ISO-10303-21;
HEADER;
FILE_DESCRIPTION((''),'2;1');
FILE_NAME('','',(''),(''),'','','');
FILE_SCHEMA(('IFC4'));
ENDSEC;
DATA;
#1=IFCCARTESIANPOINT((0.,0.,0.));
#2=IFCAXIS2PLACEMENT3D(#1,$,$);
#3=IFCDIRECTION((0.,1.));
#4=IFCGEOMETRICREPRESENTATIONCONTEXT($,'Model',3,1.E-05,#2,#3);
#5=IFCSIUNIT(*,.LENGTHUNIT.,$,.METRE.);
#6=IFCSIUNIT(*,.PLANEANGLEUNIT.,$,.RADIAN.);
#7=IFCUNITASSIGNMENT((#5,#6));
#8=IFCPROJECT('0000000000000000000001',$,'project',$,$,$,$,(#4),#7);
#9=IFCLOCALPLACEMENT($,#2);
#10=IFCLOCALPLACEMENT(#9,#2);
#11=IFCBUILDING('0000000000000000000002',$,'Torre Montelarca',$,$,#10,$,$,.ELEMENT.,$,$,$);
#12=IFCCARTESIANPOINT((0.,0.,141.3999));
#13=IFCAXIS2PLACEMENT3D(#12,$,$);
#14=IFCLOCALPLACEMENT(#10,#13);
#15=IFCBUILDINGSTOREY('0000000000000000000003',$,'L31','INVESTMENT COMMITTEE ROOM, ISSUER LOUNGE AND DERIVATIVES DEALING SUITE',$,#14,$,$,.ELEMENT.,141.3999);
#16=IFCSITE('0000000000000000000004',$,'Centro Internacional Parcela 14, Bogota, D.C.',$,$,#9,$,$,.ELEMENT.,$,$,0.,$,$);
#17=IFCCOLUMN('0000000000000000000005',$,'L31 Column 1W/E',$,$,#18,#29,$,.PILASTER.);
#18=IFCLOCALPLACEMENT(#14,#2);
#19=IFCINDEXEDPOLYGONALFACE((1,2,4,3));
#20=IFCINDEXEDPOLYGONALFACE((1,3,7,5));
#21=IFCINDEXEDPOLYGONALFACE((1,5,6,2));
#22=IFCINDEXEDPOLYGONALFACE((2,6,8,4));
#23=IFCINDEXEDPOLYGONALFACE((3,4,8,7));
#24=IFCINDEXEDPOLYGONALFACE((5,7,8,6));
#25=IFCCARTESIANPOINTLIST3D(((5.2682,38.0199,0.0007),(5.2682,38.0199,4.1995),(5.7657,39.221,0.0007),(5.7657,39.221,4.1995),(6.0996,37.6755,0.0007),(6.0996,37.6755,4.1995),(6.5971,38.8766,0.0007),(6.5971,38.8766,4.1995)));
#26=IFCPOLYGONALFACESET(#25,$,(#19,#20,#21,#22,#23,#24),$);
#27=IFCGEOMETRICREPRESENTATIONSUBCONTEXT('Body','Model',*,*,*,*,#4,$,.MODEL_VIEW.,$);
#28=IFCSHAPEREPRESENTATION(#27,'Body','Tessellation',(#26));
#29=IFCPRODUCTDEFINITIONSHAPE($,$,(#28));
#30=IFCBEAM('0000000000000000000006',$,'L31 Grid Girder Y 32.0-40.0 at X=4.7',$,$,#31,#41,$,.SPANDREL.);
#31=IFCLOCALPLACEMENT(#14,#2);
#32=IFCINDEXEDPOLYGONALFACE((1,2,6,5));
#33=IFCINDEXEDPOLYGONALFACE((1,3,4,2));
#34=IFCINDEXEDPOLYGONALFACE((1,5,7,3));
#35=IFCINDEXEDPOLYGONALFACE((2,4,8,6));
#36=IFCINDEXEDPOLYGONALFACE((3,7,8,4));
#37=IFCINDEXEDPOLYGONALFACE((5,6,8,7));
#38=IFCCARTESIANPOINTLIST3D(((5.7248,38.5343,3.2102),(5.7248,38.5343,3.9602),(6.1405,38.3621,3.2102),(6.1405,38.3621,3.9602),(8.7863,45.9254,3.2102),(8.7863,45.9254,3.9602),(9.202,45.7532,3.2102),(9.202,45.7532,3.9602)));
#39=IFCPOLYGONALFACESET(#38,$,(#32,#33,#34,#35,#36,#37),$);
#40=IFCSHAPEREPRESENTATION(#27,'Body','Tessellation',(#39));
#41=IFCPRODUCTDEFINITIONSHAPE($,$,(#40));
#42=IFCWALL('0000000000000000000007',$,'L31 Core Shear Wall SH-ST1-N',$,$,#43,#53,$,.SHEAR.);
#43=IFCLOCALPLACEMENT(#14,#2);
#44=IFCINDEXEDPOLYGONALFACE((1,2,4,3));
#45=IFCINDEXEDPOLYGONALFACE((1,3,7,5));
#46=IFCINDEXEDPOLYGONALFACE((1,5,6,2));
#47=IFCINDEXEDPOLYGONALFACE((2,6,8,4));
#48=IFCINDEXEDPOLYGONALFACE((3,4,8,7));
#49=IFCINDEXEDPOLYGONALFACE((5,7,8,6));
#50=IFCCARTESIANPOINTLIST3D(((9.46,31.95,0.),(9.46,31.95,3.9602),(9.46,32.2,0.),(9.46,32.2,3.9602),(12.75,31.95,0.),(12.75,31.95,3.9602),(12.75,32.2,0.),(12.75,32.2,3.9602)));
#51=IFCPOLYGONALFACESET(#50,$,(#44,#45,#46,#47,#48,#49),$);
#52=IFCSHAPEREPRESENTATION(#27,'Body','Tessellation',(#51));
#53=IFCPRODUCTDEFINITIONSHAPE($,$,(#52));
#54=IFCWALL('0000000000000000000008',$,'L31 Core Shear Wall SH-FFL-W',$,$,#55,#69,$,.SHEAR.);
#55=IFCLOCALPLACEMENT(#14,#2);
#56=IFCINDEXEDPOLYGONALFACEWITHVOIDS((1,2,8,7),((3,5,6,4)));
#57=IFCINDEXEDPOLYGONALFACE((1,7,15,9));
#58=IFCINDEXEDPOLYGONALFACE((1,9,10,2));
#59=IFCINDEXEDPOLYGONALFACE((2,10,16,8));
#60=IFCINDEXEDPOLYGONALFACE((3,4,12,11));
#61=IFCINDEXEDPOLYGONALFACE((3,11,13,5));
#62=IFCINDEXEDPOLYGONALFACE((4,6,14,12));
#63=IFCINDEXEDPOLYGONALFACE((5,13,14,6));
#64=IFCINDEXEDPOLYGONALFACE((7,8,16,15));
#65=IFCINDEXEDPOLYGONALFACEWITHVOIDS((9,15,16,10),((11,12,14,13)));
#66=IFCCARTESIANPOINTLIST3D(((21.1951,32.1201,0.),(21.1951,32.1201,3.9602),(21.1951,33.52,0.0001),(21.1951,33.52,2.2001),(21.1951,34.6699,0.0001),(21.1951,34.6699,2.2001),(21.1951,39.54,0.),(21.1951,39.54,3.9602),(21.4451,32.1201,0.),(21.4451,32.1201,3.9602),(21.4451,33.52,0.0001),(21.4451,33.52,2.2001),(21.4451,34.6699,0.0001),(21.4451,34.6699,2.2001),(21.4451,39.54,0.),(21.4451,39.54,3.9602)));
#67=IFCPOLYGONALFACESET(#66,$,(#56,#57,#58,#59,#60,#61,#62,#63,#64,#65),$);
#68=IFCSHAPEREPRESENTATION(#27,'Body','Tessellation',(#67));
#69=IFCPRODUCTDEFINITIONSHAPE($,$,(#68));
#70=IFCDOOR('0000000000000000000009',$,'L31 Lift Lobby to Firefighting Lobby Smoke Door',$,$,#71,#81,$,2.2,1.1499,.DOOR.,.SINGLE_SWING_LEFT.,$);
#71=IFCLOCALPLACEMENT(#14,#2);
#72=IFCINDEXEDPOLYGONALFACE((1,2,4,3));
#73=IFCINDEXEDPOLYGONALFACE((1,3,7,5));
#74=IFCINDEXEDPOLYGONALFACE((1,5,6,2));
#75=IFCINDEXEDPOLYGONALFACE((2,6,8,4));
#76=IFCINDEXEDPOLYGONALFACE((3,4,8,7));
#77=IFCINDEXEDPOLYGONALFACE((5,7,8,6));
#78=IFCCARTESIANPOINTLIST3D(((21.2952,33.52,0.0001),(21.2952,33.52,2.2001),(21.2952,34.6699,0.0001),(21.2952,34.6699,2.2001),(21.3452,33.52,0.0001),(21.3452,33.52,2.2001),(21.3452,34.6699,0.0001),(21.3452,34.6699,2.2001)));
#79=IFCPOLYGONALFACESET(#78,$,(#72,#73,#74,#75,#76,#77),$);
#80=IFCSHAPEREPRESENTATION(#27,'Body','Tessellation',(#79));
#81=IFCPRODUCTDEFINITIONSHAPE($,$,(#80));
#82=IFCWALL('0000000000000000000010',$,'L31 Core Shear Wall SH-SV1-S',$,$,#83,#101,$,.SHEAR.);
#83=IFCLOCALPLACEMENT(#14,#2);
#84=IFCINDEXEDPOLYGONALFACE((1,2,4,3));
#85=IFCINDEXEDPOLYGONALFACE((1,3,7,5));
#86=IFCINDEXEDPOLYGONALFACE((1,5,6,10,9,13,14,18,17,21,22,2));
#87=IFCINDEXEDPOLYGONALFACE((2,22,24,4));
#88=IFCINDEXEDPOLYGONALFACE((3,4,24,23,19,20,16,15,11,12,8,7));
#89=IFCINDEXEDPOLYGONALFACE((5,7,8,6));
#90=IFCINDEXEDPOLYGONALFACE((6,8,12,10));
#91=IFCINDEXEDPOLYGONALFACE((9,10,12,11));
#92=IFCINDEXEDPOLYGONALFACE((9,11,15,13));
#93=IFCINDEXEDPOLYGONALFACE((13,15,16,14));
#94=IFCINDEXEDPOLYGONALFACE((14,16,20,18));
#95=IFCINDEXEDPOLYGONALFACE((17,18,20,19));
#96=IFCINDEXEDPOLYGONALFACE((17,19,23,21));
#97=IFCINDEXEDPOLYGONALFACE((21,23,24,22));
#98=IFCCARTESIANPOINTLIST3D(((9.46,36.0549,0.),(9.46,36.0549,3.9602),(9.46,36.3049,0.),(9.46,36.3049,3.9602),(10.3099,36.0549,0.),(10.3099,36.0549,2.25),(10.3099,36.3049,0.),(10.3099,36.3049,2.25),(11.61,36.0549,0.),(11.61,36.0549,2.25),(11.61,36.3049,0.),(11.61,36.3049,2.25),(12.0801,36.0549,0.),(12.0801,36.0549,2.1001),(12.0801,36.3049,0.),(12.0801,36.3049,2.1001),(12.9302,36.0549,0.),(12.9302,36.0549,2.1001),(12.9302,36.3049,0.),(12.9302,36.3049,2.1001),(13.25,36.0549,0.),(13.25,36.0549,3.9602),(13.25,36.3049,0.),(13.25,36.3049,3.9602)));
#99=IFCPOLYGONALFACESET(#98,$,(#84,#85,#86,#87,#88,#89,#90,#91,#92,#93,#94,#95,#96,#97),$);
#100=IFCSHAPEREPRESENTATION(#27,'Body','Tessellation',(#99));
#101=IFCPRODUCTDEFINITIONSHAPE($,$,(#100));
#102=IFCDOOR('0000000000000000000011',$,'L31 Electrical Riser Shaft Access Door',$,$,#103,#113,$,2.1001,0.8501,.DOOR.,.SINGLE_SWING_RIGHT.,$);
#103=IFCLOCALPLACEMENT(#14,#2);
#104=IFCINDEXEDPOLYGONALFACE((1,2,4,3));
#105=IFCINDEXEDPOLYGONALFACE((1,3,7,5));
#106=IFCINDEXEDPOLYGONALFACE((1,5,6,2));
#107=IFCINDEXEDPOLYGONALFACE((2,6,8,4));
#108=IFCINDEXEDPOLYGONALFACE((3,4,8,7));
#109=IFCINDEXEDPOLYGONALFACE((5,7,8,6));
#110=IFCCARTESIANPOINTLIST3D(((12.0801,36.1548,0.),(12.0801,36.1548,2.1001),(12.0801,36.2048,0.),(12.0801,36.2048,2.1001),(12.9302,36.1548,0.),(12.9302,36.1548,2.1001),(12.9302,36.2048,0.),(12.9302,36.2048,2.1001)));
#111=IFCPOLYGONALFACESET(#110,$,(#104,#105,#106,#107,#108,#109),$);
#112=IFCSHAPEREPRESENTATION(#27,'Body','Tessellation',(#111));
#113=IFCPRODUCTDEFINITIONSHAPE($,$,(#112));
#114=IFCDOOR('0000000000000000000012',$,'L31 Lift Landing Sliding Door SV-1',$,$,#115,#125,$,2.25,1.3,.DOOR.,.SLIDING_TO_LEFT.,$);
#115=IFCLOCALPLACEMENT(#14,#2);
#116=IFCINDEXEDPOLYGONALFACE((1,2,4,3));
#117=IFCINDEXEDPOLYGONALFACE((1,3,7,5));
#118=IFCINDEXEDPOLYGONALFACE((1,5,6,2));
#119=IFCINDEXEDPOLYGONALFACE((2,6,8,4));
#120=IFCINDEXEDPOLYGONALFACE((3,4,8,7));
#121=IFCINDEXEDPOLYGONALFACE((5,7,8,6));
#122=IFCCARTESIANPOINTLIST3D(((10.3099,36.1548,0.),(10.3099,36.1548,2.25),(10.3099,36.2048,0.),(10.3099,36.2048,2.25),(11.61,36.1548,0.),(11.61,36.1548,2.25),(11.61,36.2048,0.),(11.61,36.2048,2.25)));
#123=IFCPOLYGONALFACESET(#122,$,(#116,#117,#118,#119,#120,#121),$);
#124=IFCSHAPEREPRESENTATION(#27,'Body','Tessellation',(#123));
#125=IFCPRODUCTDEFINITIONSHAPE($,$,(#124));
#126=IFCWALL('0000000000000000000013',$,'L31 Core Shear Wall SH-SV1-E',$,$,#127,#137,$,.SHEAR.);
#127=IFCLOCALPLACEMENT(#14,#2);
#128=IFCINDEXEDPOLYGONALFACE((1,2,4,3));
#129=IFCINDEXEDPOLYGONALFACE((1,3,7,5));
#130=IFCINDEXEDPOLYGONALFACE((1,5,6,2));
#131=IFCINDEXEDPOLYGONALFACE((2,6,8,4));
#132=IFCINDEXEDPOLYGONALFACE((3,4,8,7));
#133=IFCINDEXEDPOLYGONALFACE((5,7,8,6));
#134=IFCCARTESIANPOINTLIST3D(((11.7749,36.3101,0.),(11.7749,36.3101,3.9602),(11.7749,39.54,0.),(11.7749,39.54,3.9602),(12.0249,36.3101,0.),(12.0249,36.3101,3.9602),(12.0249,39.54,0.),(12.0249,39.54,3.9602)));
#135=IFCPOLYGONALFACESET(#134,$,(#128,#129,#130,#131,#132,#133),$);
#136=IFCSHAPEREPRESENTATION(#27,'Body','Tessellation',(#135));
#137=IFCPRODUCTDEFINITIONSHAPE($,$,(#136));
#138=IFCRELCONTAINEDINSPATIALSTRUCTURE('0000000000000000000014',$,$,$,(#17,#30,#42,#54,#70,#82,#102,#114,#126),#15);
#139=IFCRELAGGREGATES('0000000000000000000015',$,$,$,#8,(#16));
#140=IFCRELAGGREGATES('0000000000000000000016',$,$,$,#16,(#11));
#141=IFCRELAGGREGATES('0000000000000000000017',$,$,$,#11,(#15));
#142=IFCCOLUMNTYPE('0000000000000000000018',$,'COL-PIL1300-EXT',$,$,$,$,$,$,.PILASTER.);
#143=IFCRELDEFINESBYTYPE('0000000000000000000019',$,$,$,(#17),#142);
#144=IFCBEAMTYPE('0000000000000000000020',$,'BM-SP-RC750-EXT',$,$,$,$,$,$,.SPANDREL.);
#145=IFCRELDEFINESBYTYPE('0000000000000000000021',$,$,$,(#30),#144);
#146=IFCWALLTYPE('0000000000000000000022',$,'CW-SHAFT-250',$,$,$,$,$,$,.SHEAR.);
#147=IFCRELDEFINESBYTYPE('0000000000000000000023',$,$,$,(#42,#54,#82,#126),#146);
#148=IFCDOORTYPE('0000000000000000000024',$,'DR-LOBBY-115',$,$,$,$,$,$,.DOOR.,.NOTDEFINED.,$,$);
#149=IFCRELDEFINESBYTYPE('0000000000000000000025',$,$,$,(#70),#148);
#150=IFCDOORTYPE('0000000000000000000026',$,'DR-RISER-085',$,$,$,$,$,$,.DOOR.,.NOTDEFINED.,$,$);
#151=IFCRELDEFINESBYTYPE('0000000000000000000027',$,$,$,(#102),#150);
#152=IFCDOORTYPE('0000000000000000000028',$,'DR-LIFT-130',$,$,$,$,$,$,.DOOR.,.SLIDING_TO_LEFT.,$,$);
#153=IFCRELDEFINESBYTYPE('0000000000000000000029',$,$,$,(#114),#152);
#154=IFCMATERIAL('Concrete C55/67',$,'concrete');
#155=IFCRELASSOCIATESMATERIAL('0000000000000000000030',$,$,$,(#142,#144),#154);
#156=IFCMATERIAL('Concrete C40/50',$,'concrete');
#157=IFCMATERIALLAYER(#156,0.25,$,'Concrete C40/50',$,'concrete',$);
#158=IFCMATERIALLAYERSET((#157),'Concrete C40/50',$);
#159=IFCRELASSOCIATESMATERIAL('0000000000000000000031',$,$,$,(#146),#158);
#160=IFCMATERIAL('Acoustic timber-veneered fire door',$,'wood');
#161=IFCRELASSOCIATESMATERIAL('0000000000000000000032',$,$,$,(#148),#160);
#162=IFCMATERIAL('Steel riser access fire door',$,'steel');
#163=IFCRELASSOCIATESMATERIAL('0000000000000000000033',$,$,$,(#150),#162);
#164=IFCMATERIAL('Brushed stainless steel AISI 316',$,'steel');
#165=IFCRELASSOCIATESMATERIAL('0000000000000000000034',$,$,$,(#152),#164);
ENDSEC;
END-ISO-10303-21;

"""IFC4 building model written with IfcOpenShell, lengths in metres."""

from ifc_helpers import new_model, si_unit, direction, frame, frame_2d, origin, origin_2d, place, context, subcontext, project, spatial, rectangle, extrude, source, transform, mapped, material, layer, layer_set, material_profile, profile_set, type_object, element, fill, save


model = new_model("IFC4")

# Units and contexts
model_context = context("Model", 3, precision=1e-05, world=origin(), true_north=direction((0.0, 1.0)))
body_context = subcontext(model_context, "Body", "Model", "MODEL_VIEW")
ifc_project = project(units=[si_unit("LENGTHUNIT", "METRE"), si_unit("PLANEANGLEUNIT", "RADIAN")], contexts=[model_context])

# Site, building, storey
site_placement = place(None, origin())
site = spatial("IfcSite", under=ifc_project, at=site_placement, Name="Centro Internacional Parcela 14, Bogota, D.C.", CompositionType="ELEMENT", RefElevation=0.0)
building_placement = place(site_placement, origin())
building = spatial("IfcBuilding", under=site, at=building_placement, Name="Torre Montelarca", CompositionType="ELEMENT")
storey_placement = place(building_placement, frame((0.0, 0.0, 141.3999)))
storey = spatial("IfcBuildingStorey", under=building, at=storey_placement, Name="L31", Description="INVESTMENT COMMITTEE ROOM, ISSUER LOUNGE AND DERIVATIVES DEALING SUITE", CompositionType="ELEMENT", Elevation=141.3999)

# Column
ifc_material_1 = material(Name="Concrete C55/67", Category="concrete")
ifc_material_profile_1 = material_profile(ifc_material_1, rectangle(XDim=0.8999, YDim=1.3, at=origin_2d()), Name="RC1300X900", Category="concrete")
ifc_profile_set_1 = profile_set([ifc_material_profile_1], Name="Concrete C55/67")
column_type = type_object("IfcColumnType", Name="COL-PIL1300-EXT", PredefinedType="PILASTER", material=ifc_profile_set_1)
shared_shape_1 = source(origin(), body_context, "Body", "SweptSolid", [
    extrude(rectangle(XDim=0.8999, YDim=1.3, at=origin_2d()), origin(), (0.0, 0.0, 1.0), 4.1987),
])
column_placement = place(storey_placement, frame((5.9326, 38.4482, 0.0007), z_axis=(0.0, 0.0, 1.0), x_axis=(-0.92388, 0.382683, 0.0)))
element("IfcColumn", 1, at=column_placement, inside=storey, type_object=column_type, Name="L31 Column 1W/E", PredefinedType="PILASTER", context=body_context, shape_type="MappedRepresentation", body=[
    mapped(shared_shape_1, transform((0.0, 0.0, 0.0), scale=1.0)),
])

# Beam
ifc_material_profile_2 = material_profile(ifc_material_1, rectangle(XDim=0.45, YDim=0.75, at=origin_2d()), Name="RCB450X750", Category="concrete")
ifc_profile_set_2 = profile_set([ifc_material_profile_2], Name="Concrete C55/67")
beam_type = type_object("IfcBeamType", Name="BM-SP-RC750-EXT", PredefinedType="SPANDREL", material=ifc_profile_set_2)
shared_shape_2 = source(origin(), body_context, "Body", "SweptSolid", [
    extrude(rectangle(XDim=0.45, YDim=0.75, at=origin_2d()), origin(), (0.0, 0.0, 1.0), 8.0),
])
beam_placement = place(storey_placement, frame((5.9326, 38.4482, 3.5852), z_axis=(0.382686, 0.923878, 0.0), x_axis=(-0.923878, 0.382686, 0.0)))
element("IfcBeam", 2, at=beam_placement, inside=storey, type_object=beam_type, Name="L31 Grid Girder Y 32.0-40.0 at X=4.7", PredefinedType="SPANDREL", context=body_context, shape_type="MappedRepresentation", body=[
    mapped(shared_shape_2, transform((0.0, 0.0, 0.0), scale=1.0)),
])

# Wall
ifc_material_2 = material(Name="Concrete C40/50", Category="concrete")
ifc_layer_1 = layer(ifc_material_2, 0.25, Name="Concrete C40/50", Category="concrete")
ifc_layer_set_1 = layer_set([ifc_layer_1], Name="Concrete C40/50")
wall_type_1 = type_object("IfcWallType", Name="CW-SHAFT-250", PredefinedType="SHEAR", material=ifc_layer_set_1)
wall_1_placement = place(storey_placement, frame((9.46, 32.075, 0.0), z_axis=(0.0, 0.0, 1.0), x_axis=(1.0, 0.0, 0.0)))
element("IfcWall", 3, at=wall_1_placement, inside=storey, type_object=wall_type_1, Name="L31 Core Shear Wall SH-ST1-N", PredefinedType="SHEAR", context=body_context, shape_type="SweptSolid", body=[
    extrude(rectangle(XDim=3.29, YDim=0.25, at=frame_2d((1.645, 0.0))), origin(), (0.0, 0.0, 1.0), 3.9602),
])

# Wall, opening, door
wall_2_placement = place(storey_placement, frame((21.3201, 32.1201, 0.0), z_axis=(0.0, 0.0, 1.0), x_axis=(0.0, 1.0, 0.0)))
wall_2 = element("IfcWall", 4, at=wall_2_placement, inside=storey, type_object=wall_type_1, Name="L31 Core Shear Wall SH-FFL-W", PredefinedType="SHEAR", context=body_context, shape_type="SweptSolid", body=[
    extrude(rectangle(XDim=7.4199, YDim=0.25, at=frame_2d((3.71, 0.0))), origin(), (0.0, 0.0, 1.0), 3.9602),
])
opening_1_placement = place(wall_2_placement, frame((1.3999, 0.0, 0.0)))
opening_1 = element("IfcOpeningElement", 5, at=opening_1_placement, cuts=wall_2, PredefinedType="OPENING", context=body_context, shape_type="SweptSolid", body=[
    extrude(rectangle(XDim=1.1499, YDim=2.2, at=frame_2d((0.575, 1.1001))), frame((0.0, 0.135, 0.0), z_axis=(0.0, -1.0, 0.0), x_axis=(1.0, 0.0, 0.0)), (0.0, 0.0, 1.0), 0.27),
])
ifc_material_3 = material(Name="Acoustic timber-veneered fire door", Category="wood")
door_type_1 = type_object("IfcDoorType", Name="DR-LOBBY-115", OperationType="NOTDEFINED", PredefinedType="DOOR", material=ifc_material_3)
shared_shape_3 = source(origin(), body_context, "Body", "SweptSolid", [
    extrude(rectangle(XDim=1.1499, YDim=2.2, at=frame_2d((0.575, 1.1001))), frame((0.0, 0.0249, 0.0), z_axis=(0.0, -1.0, 0.0), x_axis=(1.0, 0.0, 0.0)), (0.0, 0.0, 1.0), 0.05),
])
door_1_placement = place(opening_1_placement, origin())
door_1 = element("IfcDoor", 6, at=door_1_placement, inside=storey, type_object=door_type_1, Name="L31 Lift Lobby to Firefighting Lobby Smoke Door", OperationType="SINGLE_SWING_LEFT", OverallHeight=2.2, OverallWidth=1.1499, PredefinedType="DOOR", context=body_context, shape_type="MappedRepresentation", body=[
    mapped(shared_shape_3, transform((0.0, 0.0, 0.0), scale=1.0)),
])
fill(opening_1, door_1)

# Wall, openings, doors
wall_3_placement = place(storey_placement, frame((9.46, 36.1799, 0.0), z_axis=(0.0, 0.0, 1.0), x_axis=(1.0, 0.0, 0.0)))
wall_3 = element("IfcWall", 7, at=wall_3_placement, inside=storey, type_object=wall_type_1, Name="L31 Core Shear Wall SH-SV1-S", PredefinedType="SHEAR", context=body_context, shape_type="SweptSolid", body=[
    extrude(rectangle(XDim=3.79, YDim=0.25, at=frame_2d((1.895, 0.0))), origin(), (0.0, 0.0, 1.0), 3.9602),
])
opening_2_placement = place(wall_3_placement, frame((2.6201, 0.0, 0.0)))
opening_2 = element("IfcOpeningElement", 8, at=opening_2_placement, cuts=wall_3, PredefinedType="OPENING", context=body_context, shape_type="SweptSolid", body=[
    extrude(rectangle(XDim=0.8501, YDim=2.1001, at=frame_2d((0.425, 1.05))), frame((0.0, 0.135, 0.0), z_axis=(0.0, -1.0, 0.0), x_axis=(1.0, 0.0, 0.0)), (0.0, 0.0, 1.0), 0.27),
])
opening_3_placement = place(wall_3_placement, frame((0.8501, 0.0, 0.0)))
opening_3 = element("IfcOpeningElement", 9, at=opening_3_placement, cuts=wall_3, PredefinedType="OPENING", context=body_context, shape_type="SweptSolid", body=[
    extrude(rectangle(XDim=1.3, YDim=2.25, at=frame_2d((0.6499, 1.125))), frame((0.0, 0.135, 0.0), z_axis=(0.0, -1.0, 0.0), x_axis=(1.0, 0.0, 0.0)), (0.0, 0.0, 1.0), 0.27),
])
ifc_material_4 = material(Name="Steel riser access fire door", Category="steel")
door_type_2 = type_object("IfcDoorType", Name="DR-RISER-085", OperationType="NOTDEFINED", PredefinedType="DOOR", material=ifc_material_4)
shared_shape_4 = source(origin(), body_context, "Body", "SweptSolid", [
    extrude(rectangle(XDim=0.8501, YDim=2.1001, at=frame_2d((0.425, 1.05))), frame((0.0, 0.0249, 0.0), z_axis=(0.0, -1.0, 0.0), x_axis=(1.0, 0.0, 0.0)), (0.0, 0.0, 1.0), 0.05),
])
door_2_placement = place(opening_2_placement, origin())
door_2 = element("IfcDoor", 10, at=door_2_placement, inside=storey, type_object=door_type_2, Name="L31 Electrical Riser Shaft Access Door", OperationType="SINGLE_SWING_RIGHT", OverallHeight=2.1001, OverallWidth=0.8501, PredefinedType="DOOR", context=body_context, shape_type="MappedRepresentation", body=[
    mapped(shared_shape_4, transform((0.0, 0.0, 0.0), scale=1.0)),
])
fill(opening_2, door_2)
ifc_material_5 = material(Name="Brushed stainless steel AISI 316", Category="steel")
door_type_3 = type_object("IfcDoorType", Name="DR-LIFT-130", OperationType="SLIDING_TO_LEFT", PredefinedType="DOOR", material=ifc_material_5)
shared_shape_5 = source(origin(), body_context, "Body", "SweptSolid", [
    extrude(rectangle(XDim=1.3, YDim=2.25, at=frame_2d((0.6499, 1.125))), frame((0.0, 0.0249, 0.0), z_axis=(0.0, -1.0, 0.0), x_axis=(1.0, 0.0, 0.0)), (0.0, 0.0, 1.0), 0.05),
])
door_3_placement = place(opening_3_placement, origin())
door_3 = element("IfcDoor", 11, at=door_3_placement, inside=storey, type_object=door_type_3, Name="L31 Lift Landing Sliding Door SV-1", OperationType="SLIDING_TO_LEFT", OverallHeight=2.25, OverallWidth=1.3, PredefinedType="DOOR", context=body_context, shape_type="MappedRepresentation", body=[
    mapped(shared_shape_5, transform((0.0, 0.0, 0.0), scale=1.0)),
])
fill(opening_3, door_3)

# Wall
wall_4_placement = place(storey_placement, frame((11.8999, 36.3101, 0.0), z_axis=(0.0, 0.0, 1.0), x_axis=(0.0, 1.0, 0.0)))
element("IfcWall", 12, at=wall_4_placement, inside=storey, type_object=wall_type_1, Name="L31 Core Shear Wall SH-SV1-E", PredefinedType="SHEAR", context=body_context, shape_type="SweptSolid", body=[
    extrude(rectangle(XDim=3.23, YDim=0.25, at=frame_2d((1.615, 0.0))), origin(), (0.0, 0.0, 1.0), 3.9602),
])

save(model, "model.ifc")
